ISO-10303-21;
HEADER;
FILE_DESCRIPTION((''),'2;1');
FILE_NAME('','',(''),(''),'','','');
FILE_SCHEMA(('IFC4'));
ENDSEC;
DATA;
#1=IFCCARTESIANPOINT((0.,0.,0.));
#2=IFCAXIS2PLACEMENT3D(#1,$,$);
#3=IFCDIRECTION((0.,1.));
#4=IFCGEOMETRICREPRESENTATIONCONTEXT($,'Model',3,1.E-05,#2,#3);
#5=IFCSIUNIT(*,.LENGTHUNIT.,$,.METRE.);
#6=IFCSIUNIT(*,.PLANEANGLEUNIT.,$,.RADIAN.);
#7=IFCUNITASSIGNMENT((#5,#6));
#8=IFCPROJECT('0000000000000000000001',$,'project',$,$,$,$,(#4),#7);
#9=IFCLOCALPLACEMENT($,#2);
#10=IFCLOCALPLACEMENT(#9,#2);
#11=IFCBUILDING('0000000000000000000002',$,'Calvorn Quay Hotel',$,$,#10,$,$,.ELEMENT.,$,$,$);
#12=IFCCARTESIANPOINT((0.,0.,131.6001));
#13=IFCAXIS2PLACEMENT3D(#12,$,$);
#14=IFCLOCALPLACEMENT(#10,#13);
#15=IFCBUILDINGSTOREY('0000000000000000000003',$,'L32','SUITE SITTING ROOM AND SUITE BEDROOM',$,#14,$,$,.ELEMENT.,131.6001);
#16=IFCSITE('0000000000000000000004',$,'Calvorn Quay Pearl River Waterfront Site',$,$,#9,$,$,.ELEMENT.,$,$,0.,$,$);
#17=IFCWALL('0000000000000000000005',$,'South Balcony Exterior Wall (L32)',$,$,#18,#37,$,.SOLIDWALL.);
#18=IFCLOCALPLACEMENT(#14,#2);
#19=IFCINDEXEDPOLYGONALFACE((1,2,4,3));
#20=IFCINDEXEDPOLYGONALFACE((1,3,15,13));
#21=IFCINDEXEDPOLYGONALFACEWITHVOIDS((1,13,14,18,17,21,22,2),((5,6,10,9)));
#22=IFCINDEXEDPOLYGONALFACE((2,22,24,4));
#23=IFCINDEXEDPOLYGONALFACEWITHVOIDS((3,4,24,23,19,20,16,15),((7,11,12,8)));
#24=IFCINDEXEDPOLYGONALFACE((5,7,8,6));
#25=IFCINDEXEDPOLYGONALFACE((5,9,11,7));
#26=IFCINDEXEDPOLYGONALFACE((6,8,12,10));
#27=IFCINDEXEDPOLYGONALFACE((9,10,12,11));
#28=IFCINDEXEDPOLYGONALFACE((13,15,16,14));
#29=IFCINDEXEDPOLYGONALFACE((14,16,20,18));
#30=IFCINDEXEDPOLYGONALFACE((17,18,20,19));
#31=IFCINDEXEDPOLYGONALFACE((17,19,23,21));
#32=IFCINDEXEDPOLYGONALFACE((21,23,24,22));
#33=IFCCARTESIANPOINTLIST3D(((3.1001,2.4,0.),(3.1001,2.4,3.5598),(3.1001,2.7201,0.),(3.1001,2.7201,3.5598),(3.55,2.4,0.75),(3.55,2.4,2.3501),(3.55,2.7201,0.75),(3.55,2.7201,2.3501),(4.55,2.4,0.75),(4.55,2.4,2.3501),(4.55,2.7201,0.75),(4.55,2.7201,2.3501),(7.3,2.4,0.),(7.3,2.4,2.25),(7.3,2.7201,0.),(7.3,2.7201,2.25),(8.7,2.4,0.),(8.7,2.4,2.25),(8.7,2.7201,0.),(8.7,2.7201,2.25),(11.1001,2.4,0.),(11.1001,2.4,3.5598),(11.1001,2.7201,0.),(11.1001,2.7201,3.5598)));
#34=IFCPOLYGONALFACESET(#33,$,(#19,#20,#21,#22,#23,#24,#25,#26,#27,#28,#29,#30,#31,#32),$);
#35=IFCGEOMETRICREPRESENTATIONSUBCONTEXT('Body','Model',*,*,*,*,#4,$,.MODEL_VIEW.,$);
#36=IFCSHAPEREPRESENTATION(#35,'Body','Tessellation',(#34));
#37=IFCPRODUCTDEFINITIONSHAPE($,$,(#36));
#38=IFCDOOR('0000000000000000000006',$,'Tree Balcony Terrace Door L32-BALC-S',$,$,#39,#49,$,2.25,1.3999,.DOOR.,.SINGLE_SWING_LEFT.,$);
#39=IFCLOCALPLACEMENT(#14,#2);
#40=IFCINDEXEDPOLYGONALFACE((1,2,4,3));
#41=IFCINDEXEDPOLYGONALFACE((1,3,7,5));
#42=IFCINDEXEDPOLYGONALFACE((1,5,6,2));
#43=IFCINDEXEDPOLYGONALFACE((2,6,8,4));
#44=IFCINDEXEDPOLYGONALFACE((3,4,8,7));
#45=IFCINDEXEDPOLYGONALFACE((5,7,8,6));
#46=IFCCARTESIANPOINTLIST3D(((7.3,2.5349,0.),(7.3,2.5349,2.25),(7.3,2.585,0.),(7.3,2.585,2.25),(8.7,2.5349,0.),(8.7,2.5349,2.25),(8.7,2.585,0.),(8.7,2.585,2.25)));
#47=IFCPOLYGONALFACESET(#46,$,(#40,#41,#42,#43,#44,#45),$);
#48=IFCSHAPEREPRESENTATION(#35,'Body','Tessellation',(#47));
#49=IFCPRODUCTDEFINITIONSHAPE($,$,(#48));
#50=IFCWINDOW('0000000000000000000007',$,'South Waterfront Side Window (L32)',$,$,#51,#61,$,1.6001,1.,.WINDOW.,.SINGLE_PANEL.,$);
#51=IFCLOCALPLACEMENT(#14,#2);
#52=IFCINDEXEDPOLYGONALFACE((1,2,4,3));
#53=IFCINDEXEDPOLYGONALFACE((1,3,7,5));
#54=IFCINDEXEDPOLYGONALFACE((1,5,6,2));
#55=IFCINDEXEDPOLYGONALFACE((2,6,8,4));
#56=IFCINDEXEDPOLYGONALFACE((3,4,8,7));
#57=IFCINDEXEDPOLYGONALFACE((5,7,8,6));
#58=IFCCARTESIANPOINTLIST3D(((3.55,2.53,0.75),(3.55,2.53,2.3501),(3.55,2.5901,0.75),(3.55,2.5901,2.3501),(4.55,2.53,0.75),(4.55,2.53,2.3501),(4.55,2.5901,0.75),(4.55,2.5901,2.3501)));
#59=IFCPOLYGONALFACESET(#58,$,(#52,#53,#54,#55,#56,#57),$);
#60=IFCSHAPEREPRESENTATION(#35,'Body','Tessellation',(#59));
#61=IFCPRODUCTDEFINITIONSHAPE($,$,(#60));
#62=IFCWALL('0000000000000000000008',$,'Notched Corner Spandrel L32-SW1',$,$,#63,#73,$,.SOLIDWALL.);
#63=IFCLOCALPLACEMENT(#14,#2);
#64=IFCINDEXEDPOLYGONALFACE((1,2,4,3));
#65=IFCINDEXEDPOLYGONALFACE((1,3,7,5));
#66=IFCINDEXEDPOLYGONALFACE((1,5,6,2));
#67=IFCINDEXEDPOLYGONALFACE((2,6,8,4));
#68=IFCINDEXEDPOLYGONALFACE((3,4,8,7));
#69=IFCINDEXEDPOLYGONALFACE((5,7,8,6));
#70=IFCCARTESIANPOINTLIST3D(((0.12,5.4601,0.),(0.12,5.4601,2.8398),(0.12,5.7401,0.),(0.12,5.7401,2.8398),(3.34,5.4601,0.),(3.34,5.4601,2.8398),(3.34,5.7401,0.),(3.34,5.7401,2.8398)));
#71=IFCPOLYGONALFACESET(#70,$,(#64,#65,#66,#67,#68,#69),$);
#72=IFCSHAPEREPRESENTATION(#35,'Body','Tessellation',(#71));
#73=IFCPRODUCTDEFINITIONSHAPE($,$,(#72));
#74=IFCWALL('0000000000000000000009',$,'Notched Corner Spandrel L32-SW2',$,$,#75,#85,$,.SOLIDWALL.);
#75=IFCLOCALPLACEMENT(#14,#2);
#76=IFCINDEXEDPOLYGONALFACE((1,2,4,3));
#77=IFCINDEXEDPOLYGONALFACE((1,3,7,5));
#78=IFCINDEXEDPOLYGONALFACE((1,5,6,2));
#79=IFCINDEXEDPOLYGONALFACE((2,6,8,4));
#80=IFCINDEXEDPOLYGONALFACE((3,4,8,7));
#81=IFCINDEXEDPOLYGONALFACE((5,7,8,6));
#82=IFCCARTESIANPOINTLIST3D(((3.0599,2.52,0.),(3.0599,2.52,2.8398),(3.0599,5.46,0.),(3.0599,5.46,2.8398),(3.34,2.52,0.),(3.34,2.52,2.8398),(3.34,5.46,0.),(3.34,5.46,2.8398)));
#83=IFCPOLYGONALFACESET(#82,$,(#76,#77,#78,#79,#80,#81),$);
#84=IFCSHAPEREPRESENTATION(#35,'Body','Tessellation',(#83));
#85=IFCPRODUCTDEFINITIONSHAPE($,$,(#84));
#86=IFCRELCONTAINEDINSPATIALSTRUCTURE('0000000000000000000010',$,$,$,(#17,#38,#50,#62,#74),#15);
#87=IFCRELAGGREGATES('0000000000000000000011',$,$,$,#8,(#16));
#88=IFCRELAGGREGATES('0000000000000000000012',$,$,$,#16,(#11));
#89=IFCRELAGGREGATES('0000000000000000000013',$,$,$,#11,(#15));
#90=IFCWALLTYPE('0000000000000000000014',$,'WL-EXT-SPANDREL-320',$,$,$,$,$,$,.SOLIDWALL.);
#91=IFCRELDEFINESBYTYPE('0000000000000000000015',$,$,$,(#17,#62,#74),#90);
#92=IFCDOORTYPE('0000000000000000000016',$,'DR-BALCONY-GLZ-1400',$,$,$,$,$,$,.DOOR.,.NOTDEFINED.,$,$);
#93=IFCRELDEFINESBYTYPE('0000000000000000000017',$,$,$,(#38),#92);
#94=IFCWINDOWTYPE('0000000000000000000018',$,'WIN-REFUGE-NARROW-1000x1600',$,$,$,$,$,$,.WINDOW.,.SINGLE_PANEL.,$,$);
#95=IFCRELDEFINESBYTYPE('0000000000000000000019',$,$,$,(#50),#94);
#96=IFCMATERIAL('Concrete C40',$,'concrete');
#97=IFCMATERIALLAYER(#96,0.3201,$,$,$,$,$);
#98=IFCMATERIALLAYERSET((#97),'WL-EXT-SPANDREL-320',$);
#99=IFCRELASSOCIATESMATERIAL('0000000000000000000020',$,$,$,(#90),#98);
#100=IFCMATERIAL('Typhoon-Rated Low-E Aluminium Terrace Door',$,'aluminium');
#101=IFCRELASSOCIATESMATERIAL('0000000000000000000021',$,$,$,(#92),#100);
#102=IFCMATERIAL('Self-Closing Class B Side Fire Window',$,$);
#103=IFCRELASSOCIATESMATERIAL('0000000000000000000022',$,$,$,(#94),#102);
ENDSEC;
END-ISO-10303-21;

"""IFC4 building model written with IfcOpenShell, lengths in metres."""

from ifc_helpers import new_model, si_unit, direction, frame, frame_2d, origin, place, context, subcontext, project, spatial, rectangle, extrude, material, layer, layer_set, type_object, element, fill, save


model = new_model("IFC4")

# Units and contexts
model_context = context("Model", 3, precision=1e-05, world=origin(), true_north=direction((0.0, 1.0)))
body_context = subcontext(model_context, "Body", "Model", "MODEL_VIEW")
ifc_project = project(units=[si_unit("LENGTHUNIT", "METRE"), si_unit("PLANEANGLEUNIT", "RADIAN")], contexts=[model_context])

# Site, building, storey
site_placement = place(None, origin())
site = spatial("IfcSite", under=ifc_project, at=site_placement, Name="Calvorn Quay Pearl River Waterfront Site", CompositionType="ELEMENT", RefElevation=0.0)
building_placement = place(site_placement, origin())
building = spatial("IfcBuilding", under=site, at=building_placement, Name="Calvorn Quay Hotel", CompositionType="ELEMENT")
storey_placement = place(building_placement, frame((0.0, 0.0, 131.6001)))
storey = spatial("IfcBuildingStorey", under=building, at=storey_placement, Name="L32", Description="SUITE SITTING ROOM AND SUITE BEDROOM", CompositionType="ELEMENT", Elevation=131.6001)

# Wall, openings, door, window
ifc_material_1 = material(Name="Concrete C40", Category="concrete")
ifc_layer_1 = layer(ifc_material_1, 0.3201)
ifc_layer_set_1 = layer_set([ifc_layer_1], Name="WL-EXT-SPANDREL-320")
wall_type = type_object("IfcWallType", Name="WL-EXT-SPANDREL-320", PredefinedType="SOLIDWALL", material=ifc_layer_set_1)
wall_1_placement = place(storey_placement, frame((3.1001, 2.5601, 0.0), z_axis=(0.0, 0.0, 1.0), x_axis=(1.0, 0.0, 0.0)))
wall_1 = element("IfcWall", 1, at=wall_1_placement, inside=storey, type_object=wall_type, Name="South Balcony Exterior Wall (L32)", PredefinedType="SOLIDWALL", context=body_context, shape_type="SweptSolid", body=[
    extrude(rectangle(XDim=8.0, YDim=0.3201, at=frame_2d((4.0, 0.0))), origin(), (0.0, 0.0, 1.0), 3.5598),
])
opening_1_placement = place(wall_1_placement, frame((0.45, 0.0, 0.75)))
opening_1 = element("IfcOpeningElement", 2, at=opening_1_placement, cuts=wall_1, PredefinedType="OPENING", context=body_context, shape_type="SweptSolid", body=[
    extrude(rectangle(XDim=1.0, YDim=1.6001, at=frame_2d((0.5, 0.8))), frame((0.0, 0.1699, 0.0), z_axis=(0.0, -1.0, 0.0), x_axis=(1.0, 0.0, 0.0)), (0.0, 0.0, 1.0), 0.3401),
])
opening_2_placement = place(wall_1_placement, frame((4.2, 0.0, 0.0)))
opening_2 = element("IfcOpeningElement", 3, at=opening_2_placement, cuts=wall_1, PredefinedType="OPENING", context=body_context, shape_type="SweptSolid", body=[
    extrude(rectangle(XDim=1.3999, YDim=2.25, at=frame_2d((0.7, 1.125))), frame((0.0, 0.1699, 0.0), z_axis=(0.0, -1.0, 0.0), x_axis=(1.0, 0.0, 0.0)), (0.0, 0.0, 1.0), 0.3401),
])
ifc_material_2 = material(Name="Typhoon-Rated Low-E Aluminium Terrace Door", Category="aluminium")
door_type = type_object("IfcDoorType", Name="DR-BALCONY-GLZ-1400", OperationType="NOTDEFINED", PredefinedType="DOOR", material=ifc_material_2)
door_placement = place(opening_2_placement, origin())
door = element("IfcDoor", 4, at=door_placement, inside=storey, type_object=door_type, Name="Tree Balcony Terrace Door L32-BALC-S", OperationType="SINGLE_SWING_LEFT", OverallHeight=2.25, OverallWidth=1.3999, PredefinedType="DOOR", context=body_context, shape_type="SweptSolid", body=[
    extrude(rectangle(XDim=1.3999, YDim=2.25, at=frame_2d((0.7, 1.125))), frame((0.0, 0.0249, 0.0), z_axis=(0.0, -1.0, 0.0), x_axis=(1.0, 0.0, 0.0)), (0.0, 0.0, 1.0), 0.05),
])
fill(opening_2, door)
ifc_material_3 = material(Name="Self-Closing Class B Side Fire Window")
window_type = type_object("IfcWindowType", Name="WIN-REFUGE-NARROW-1000x1600", PartitioningType="SINGLE_PANEL", PredefinedType="WINDOW", material=ifc_material_3)
window_placement = place(opening_1_placement, origin())
window = element("IfcWindow", 5, at=window_placement, inside=storey, type_object=window_type, Name="South Waterfront Side Window (L32)", OverallHeight=1.6001, OverallWidth=1.0, PartitioningType="SINGLE_PANEL", PredefinedType="WINDOW", context=body_context, shape_type="SweptSolid", body=[
    extrude(rectangle(XDim=1.0, YDim=1.6001, at=frame_2d((0.5, 0.8))), frame((0.0, 0.03, 0.0), z_axis=(0.0, -1.0, 0.0), x_axis=(1.0, 0.0, 0.0)), (0.0, 0.0, 1.0), 0.0601),
])
fill(opening_1, window)

# Walls
wall_2_placement = place(storey_placement, frame((0.1201, 5.6001, 0.0), z_axis=(0.0, 0.0, 1.0), x_axis=(1.0, 0.0, 0.0)))
element("IfcWall", 6, at=wall_2_placement, inside=storey, type_object=wall_type, Name="Notched Corner Spandrel L32-SW1", PredefinedType="SOLIDWALL", context=body_context, shape_type="SweptSolid", body=[
    extrude(rectangle(XDim=3.22, YDim=0.28, at=frame_2d((1.6099, 0.0))), origin(), (0.0, 0.0, 1.0), 2.8398),
])
wall_3_placement = place(storey_placement, frame((3.2, 5.46, 0.0), z_axis=(0.0, 0.0, 1.0), x_axis=(0.0, -1.0, 0.0)))
element("IfcWall", 7, at=wall_3_placement, inside=storey, type_object=wall_type, Name="Notched Corner Spandrel L32-SW2", PredefinedType="SOLIDWALL", context=body_context, shape_type="SweptSolid", body=[
    extrude(rectangle(XDim=2.9399, YDim=0.28, at=frame_2d((1.47, 0.0))), origin(), (0.0, 0.0, 1.0), 2.8398),
])

save(model, "model.ifc")
